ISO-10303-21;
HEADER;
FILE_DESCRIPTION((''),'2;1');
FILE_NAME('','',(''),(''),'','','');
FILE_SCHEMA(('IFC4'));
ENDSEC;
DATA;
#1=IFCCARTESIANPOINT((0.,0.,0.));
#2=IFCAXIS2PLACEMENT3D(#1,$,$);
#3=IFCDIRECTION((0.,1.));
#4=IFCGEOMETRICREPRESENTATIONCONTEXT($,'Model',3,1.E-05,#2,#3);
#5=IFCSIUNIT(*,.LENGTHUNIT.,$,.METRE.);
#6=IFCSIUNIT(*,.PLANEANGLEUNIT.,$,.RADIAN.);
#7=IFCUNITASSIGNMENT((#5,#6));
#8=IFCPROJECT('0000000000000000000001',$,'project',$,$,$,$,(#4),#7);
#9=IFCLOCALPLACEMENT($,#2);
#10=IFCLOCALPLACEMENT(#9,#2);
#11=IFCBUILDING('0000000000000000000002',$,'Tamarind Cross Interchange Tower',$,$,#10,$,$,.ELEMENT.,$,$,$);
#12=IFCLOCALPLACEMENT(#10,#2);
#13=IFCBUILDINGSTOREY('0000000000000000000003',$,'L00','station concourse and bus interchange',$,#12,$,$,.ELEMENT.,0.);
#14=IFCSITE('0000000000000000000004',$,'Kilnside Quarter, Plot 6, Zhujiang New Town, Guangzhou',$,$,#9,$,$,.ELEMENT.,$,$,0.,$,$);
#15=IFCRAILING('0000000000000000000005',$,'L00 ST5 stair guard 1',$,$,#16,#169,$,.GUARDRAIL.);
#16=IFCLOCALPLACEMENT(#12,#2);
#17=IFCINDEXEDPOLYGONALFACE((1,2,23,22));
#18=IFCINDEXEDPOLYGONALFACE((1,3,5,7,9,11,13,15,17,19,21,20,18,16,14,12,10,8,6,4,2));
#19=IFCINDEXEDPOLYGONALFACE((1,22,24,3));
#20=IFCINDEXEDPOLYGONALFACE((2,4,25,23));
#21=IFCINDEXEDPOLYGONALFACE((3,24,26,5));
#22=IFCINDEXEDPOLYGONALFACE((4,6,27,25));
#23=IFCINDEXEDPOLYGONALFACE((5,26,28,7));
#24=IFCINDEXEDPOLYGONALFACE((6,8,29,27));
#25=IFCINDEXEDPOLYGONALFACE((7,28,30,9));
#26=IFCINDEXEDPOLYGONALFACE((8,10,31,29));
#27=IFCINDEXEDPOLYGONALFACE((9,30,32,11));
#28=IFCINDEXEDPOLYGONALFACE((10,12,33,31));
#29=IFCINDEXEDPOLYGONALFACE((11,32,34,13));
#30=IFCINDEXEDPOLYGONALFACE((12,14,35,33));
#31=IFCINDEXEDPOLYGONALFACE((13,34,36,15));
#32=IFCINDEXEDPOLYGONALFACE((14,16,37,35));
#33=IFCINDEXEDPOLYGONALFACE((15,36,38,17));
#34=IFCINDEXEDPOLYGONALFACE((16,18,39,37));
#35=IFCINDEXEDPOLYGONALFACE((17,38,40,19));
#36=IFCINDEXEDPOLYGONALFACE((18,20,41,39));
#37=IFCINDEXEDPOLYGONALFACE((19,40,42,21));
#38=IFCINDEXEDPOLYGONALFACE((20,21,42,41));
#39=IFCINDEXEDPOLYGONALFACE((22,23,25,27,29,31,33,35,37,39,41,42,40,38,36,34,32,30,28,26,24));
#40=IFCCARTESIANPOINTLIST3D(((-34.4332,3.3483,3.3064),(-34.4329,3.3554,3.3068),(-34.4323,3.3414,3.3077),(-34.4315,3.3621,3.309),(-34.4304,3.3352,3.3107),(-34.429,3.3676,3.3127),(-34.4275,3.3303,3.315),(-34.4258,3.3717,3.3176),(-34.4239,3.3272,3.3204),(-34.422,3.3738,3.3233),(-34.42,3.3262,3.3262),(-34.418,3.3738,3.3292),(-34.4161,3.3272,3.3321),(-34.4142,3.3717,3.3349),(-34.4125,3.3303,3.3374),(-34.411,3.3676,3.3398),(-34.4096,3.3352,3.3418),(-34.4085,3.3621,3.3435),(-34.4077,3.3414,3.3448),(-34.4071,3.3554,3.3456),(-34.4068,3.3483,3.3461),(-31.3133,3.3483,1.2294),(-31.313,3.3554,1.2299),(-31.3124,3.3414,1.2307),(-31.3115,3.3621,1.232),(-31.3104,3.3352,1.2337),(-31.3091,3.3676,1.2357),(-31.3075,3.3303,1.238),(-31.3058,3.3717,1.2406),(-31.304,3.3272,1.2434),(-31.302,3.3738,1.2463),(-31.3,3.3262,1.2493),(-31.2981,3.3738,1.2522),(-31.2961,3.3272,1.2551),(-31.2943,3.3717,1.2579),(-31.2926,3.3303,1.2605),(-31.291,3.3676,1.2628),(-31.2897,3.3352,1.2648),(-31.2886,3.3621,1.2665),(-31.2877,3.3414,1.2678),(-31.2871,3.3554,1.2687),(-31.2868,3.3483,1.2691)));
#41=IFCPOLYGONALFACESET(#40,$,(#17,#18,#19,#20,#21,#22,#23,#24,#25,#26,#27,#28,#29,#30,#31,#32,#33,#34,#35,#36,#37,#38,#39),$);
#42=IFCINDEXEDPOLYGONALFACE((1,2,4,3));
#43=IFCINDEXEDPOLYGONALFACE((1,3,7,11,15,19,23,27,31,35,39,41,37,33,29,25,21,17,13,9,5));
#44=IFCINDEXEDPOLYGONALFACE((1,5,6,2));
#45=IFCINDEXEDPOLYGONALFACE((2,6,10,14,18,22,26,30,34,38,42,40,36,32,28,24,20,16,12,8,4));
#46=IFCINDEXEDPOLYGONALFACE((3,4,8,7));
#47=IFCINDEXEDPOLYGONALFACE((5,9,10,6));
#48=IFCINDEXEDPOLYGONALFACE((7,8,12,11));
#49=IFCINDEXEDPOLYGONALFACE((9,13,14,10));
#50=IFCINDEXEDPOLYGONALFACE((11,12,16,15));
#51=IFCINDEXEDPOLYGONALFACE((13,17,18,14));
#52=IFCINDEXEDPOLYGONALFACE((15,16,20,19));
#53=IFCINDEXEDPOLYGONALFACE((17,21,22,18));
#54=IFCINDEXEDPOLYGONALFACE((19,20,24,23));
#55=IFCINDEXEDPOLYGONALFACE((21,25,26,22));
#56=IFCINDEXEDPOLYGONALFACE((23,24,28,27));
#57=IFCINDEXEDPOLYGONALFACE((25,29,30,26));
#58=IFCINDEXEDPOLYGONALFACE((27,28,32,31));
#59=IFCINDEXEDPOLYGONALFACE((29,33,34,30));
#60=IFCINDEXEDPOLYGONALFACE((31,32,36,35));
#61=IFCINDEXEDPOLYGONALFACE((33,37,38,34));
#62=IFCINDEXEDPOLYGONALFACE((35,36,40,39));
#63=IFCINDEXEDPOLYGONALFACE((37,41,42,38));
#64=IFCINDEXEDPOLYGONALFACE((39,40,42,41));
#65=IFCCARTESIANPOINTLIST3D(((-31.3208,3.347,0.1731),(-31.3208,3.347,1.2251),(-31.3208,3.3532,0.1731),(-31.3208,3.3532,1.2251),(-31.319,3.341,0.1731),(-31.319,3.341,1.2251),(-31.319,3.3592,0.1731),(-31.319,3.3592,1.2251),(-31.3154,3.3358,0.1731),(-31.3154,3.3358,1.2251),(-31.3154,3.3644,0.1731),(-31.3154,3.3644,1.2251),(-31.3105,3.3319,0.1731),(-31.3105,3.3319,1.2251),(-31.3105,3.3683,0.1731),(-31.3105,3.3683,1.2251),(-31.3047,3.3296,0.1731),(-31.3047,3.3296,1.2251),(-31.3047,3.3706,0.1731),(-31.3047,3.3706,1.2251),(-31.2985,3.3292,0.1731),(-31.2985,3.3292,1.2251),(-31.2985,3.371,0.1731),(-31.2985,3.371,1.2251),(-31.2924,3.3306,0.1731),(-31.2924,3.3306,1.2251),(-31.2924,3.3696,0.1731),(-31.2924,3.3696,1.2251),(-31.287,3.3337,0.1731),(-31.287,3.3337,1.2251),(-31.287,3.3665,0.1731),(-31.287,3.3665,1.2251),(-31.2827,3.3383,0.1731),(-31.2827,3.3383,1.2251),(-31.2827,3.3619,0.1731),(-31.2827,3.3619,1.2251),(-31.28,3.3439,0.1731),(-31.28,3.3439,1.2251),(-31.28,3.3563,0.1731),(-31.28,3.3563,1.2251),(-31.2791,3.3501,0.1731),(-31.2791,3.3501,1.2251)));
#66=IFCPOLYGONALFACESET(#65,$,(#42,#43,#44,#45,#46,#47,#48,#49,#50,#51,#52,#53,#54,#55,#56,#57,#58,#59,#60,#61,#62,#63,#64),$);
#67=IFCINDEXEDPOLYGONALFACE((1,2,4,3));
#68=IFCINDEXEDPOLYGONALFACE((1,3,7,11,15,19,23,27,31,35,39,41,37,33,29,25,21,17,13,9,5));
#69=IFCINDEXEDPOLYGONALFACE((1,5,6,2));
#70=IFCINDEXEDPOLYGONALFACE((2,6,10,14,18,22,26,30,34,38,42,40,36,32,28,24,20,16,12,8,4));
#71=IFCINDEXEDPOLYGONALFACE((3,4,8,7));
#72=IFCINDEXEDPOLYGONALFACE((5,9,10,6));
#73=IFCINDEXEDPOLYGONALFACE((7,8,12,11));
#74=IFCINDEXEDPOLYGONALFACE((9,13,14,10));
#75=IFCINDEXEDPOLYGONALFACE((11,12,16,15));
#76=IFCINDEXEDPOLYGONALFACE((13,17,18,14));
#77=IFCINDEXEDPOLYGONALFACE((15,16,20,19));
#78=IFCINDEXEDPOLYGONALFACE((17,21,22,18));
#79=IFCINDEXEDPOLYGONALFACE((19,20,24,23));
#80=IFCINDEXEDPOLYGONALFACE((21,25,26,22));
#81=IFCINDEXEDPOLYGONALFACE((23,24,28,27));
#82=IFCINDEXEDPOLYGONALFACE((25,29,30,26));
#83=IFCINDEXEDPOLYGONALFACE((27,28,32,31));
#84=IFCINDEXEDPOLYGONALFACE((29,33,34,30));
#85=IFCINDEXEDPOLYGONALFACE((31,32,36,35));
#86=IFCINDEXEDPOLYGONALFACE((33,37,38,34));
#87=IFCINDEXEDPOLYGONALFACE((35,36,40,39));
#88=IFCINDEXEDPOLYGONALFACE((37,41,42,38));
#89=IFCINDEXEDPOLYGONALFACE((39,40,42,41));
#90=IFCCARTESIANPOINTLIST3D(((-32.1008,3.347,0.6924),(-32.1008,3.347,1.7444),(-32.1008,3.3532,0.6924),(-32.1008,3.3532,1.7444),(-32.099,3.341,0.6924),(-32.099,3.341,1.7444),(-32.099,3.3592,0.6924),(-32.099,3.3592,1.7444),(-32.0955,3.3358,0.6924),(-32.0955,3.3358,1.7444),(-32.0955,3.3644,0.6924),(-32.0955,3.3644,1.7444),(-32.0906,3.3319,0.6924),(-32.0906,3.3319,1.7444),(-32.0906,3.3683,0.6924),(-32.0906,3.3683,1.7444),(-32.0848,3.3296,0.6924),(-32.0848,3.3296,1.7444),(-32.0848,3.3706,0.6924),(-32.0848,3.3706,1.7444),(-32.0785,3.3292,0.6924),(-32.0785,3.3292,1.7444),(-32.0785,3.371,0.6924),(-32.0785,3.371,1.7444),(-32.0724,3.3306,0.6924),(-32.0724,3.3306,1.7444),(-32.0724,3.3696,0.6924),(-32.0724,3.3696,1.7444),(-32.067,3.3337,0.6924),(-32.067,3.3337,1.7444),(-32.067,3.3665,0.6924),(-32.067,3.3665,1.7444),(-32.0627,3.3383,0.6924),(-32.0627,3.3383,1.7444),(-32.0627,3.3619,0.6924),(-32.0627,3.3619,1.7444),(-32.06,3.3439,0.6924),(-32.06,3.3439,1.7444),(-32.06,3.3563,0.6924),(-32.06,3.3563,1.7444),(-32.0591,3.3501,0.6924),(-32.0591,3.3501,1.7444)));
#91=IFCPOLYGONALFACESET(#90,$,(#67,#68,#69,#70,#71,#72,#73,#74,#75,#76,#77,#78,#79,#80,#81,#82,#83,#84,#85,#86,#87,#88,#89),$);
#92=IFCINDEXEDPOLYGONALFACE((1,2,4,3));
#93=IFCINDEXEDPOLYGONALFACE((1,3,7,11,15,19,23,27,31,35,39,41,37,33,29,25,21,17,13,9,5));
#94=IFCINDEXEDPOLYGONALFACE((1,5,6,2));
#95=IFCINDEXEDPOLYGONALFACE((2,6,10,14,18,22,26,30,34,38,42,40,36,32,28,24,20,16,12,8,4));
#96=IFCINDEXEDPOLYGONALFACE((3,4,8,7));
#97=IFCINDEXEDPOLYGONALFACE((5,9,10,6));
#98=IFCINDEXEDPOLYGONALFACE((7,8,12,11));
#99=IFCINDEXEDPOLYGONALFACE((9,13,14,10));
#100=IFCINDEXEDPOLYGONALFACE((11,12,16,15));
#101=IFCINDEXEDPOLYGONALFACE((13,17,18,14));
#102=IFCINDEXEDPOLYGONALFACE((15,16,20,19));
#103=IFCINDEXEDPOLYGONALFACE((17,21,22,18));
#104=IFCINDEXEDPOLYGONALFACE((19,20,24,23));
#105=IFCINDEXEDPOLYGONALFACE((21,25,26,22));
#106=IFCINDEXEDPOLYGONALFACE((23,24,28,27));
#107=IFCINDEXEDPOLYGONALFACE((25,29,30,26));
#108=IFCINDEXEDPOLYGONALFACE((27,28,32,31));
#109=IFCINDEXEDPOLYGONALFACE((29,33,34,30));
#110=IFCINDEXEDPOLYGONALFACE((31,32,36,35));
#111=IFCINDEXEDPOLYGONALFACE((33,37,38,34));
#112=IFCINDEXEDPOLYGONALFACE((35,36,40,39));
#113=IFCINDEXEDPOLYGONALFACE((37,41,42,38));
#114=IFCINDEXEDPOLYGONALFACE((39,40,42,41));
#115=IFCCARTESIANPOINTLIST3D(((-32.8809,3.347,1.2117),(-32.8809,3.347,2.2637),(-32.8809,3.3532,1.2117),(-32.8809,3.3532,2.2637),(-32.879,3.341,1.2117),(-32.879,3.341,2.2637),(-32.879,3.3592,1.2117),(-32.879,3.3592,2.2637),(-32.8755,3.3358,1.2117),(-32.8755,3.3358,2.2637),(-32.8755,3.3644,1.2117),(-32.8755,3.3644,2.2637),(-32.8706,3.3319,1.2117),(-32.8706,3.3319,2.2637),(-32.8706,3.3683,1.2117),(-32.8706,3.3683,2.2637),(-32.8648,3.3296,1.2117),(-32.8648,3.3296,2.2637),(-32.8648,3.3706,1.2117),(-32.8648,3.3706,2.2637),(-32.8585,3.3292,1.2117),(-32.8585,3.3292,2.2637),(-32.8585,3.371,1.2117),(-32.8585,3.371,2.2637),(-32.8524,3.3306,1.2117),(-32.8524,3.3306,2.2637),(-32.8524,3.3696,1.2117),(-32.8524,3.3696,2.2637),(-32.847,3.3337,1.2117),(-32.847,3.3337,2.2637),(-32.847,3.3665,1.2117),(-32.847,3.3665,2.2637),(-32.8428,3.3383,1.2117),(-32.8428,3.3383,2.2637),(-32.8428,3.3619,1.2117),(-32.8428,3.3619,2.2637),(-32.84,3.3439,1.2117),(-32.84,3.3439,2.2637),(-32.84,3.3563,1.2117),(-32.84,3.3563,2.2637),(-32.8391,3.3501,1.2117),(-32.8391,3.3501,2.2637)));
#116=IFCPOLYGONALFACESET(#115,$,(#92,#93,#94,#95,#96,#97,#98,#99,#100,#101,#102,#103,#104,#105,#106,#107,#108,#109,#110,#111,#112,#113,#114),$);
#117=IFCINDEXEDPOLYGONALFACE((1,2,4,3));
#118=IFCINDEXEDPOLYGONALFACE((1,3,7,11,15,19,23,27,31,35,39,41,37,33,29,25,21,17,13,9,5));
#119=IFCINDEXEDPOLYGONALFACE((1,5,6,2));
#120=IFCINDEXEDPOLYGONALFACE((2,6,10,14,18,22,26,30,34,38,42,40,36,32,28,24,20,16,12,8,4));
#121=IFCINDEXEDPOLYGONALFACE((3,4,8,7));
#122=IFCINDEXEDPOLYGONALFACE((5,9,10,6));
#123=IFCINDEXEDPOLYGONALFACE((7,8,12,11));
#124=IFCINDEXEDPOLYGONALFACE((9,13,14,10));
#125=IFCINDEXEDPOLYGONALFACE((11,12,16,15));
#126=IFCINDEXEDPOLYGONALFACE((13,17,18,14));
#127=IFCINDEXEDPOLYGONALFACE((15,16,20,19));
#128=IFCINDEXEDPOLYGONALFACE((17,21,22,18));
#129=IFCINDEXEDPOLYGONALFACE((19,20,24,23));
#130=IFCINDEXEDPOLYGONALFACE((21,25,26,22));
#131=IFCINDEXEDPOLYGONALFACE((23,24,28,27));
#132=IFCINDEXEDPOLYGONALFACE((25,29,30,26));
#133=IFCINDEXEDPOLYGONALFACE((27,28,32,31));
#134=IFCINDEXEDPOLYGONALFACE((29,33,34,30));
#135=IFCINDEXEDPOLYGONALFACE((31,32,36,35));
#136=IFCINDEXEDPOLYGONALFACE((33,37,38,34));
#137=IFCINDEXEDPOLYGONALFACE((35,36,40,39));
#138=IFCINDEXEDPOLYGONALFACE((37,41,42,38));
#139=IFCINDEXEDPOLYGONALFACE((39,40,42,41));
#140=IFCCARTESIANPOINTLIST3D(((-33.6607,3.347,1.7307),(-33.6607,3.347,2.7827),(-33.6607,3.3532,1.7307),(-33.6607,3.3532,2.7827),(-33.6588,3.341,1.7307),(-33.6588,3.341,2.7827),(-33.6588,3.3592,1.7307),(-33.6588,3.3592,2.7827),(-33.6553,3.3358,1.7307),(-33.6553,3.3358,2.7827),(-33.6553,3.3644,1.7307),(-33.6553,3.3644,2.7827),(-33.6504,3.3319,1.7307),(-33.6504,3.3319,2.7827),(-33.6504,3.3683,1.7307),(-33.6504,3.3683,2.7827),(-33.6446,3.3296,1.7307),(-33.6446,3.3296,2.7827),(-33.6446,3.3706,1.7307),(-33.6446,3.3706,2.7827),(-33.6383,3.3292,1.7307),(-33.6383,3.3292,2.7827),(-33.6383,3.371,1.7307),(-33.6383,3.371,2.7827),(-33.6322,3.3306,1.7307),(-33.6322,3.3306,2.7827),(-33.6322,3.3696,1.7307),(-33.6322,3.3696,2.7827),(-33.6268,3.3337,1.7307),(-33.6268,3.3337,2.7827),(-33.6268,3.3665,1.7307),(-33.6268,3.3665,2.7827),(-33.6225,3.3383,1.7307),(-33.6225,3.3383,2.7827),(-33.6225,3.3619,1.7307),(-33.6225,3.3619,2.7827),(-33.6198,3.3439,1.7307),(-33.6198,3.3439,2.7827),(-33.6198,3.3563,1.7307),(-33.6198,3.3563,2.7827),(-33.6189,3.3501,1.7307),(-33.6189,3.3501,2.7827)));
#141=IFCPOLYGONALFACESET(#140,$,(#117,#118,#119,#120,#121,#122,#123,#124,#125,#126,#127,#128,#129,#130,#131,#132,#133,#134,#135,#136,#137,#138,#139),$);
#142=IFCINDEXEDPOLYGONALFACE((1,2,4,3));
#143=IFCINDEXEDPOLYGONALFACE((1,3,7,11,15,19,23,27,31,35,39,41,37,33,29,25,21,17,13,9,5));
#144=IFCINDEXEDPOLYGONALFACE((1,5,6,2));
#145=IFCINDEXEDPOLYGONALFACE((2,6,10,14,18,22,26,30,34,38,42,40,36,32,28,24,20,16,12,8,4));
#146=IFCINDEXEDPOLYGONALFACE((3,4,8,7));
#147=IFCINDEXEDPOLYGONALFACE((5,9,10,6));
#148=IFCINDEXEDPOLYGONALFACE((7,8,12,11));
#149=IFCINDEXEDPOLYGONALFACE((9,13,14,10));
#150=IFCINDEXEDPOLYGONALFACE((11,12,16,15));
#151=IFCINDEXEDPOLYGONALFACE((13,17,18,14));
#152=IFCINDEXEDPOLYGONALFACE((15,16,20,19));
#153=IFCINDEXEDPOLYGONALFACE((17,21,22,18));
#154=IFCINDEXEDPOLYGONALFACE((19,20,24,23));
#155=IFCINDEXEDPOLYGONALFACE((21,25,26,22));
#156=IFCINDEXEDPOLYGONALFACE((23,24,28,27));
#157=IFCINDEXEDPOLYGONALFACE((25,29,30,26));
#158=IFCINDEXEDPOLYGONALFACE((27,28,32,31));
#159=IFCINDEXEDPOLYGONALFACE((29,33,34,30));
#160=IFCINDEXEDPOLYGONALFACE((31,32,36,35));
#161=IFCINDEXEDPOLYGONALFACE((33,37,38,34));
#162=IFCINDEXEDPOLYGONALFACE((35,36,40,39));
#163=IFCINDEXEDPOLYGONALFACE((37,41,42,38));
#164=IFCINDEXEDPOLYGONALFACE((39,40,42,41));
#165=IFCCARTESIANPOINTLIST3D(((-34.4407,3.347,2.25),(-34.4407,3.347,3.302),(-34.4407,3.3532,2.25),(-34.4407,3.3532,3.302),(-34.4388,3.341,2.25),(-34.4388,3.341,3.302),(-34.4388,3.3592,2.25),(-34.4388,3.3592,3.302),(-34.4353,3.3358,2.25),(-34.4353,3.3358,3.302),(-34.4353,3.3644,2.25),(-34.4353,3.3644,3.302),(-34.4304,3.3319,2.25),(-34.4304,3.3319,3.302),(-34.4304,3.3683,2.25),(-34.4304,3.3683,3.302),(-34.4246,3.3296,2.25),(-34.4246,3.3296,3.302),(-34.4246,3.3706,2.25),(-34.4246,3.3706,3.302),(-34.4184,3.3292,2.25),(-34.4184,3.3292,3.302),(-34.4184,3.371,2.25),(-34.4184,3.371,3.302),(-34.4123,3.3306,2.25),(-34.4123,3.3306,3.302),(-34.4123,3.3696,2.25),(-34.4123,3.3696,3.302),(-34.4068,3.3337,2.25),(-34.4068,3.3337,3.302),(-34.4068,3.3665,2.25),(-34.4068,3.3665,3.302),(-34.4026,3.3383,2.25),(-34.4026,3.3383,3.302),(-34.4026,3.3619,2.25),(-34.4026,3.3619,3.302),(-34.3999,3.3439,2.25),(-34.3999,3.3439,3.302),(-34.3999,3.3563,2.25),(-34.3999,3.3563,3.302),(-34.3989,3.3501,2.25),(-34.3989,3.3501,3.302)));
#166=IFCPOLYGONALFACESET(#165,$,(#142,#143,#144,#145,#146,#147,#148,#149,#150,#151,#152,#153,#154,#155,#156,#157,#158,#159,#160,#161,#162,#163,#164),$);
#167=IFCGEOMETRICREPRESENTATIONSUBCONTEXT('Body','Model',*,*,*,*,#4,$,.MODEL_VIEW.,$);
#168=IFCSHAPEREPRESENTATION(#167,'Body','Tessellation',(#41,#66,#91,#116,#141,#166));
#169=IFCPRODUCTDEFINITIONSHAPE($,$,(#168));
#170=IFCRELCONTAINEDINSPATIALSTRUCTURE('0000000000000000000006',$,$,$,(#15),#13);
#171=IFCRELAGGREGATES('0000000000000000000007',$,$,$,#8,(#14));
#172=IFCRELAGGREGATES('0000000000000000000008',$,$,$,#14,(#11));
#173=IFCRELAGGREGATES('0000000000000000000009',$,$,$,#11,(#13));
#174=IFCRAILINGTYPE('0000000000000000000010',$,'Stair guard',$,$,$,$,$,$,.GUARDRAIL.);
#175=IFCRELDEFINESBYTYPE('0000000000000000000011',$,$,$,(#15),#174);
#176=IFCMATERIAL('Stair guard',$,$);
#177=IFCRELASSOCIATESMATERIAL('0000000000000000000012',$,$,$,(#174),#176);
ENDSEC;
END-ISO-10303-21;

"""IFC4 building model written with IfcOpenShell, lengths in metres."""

from ifc_helpers import new_model, si_unit, direction, frame, origin, origin_2d, place, context, subcontext, project, spatial, circle, extrude, material, type_object, element, save


model = new_model("IFC4")

# Units and contexts
model_context = context("Model", 3, precision=1e-05, world=origin(), true_north=direction((0.0, 1.0)))
body_context = subcontext(model_context, "Body", "Model", "MODEL_VIEW")
ifc_project = project(units=[si_unit("LENGTHUNIT", "METRE"), si_unit("PLANEANGLEUNIT", "RADIAN")], contexts=[model_context])

# Site, building, storey
site_placement = place(None, origin())
site = spatial("IfcSite", under=ifc_project, at=site_placement, Name="Kilnside Quarter, Plot 6, Zhujiang New Town, Guangzhou", CompositionType="ELEMENT", RefElevation=0.0)
building_placement = place(site_placement, origin())
building = spatial("IfcBuilding", under=site, at=building_placement, Name="Tamarind Cross Interchange Tower", CompositionType="ELEMENT")
storey_placement = place(building_placement, origin())
storey = spatial("IfcBuildingStorey", under=building, at=storey_placement, Name="L00", Description="station concourse and bus interchange", CompositionType="ELEMENT", Elevation=0.0)

# Railing
ifc_material_1 = material(Name="Stair guard")
railing_type_1 = type_object("IfcRailingType", Name="Stair guard", PredefinedType="GUARDRAIL", material=ifc_material_1)
railing_1_placement = place(storey_placement, frame((-31.3, 3.3501, 0.1731)))
element("IfcRailing", 1, at=railing_1_placement, inside=storey, type_object=railing_type_1, Name="L00 ST5 stair guard 1", PredefinedType="GUARDRAIL", context=body_context, shape_type="SweptSolid", body=[
    extrude(circle(Radius=0.0239, at=origin_2d()), frame((0.0, 0.0, 1.0762), z_axis=(-0.832421, 0.0, 0.554144), x_axis=(0.0, -1.0, 0.0)), (0.0, 0.0, 1.0), 3.748),
    extrude(circle(Radius=0.021, at=origin_2d()), origin(), (0.0, 0.0, 1.0), 1.052),
    extrude(circle(Radius=0.021, at=origin_2d()), frame((-0.78, 0.0, 0.5193)), (0.0, 0.0, 1.0), 1.052),
    extrude(circle(Radius=0.021, at=origin_2d()), frame((-1.5601, 0.0, 1.0386)), (0.0, 0.0, 1.0), 1.052),
    extrude(circle(Radius=0.021, at=origin_2d()), frame((-2.3398, 0.0, 1.5576)), (0.0, 0.0, 1.0), 1.052),
    extrude(circle(Radius=0.021, at=origin_2d()), frame((-3.1199, 0.0, 2.0769)), (0.0, 0.0, 1.0), 1.052),
])

save(model, "model.ifc")
